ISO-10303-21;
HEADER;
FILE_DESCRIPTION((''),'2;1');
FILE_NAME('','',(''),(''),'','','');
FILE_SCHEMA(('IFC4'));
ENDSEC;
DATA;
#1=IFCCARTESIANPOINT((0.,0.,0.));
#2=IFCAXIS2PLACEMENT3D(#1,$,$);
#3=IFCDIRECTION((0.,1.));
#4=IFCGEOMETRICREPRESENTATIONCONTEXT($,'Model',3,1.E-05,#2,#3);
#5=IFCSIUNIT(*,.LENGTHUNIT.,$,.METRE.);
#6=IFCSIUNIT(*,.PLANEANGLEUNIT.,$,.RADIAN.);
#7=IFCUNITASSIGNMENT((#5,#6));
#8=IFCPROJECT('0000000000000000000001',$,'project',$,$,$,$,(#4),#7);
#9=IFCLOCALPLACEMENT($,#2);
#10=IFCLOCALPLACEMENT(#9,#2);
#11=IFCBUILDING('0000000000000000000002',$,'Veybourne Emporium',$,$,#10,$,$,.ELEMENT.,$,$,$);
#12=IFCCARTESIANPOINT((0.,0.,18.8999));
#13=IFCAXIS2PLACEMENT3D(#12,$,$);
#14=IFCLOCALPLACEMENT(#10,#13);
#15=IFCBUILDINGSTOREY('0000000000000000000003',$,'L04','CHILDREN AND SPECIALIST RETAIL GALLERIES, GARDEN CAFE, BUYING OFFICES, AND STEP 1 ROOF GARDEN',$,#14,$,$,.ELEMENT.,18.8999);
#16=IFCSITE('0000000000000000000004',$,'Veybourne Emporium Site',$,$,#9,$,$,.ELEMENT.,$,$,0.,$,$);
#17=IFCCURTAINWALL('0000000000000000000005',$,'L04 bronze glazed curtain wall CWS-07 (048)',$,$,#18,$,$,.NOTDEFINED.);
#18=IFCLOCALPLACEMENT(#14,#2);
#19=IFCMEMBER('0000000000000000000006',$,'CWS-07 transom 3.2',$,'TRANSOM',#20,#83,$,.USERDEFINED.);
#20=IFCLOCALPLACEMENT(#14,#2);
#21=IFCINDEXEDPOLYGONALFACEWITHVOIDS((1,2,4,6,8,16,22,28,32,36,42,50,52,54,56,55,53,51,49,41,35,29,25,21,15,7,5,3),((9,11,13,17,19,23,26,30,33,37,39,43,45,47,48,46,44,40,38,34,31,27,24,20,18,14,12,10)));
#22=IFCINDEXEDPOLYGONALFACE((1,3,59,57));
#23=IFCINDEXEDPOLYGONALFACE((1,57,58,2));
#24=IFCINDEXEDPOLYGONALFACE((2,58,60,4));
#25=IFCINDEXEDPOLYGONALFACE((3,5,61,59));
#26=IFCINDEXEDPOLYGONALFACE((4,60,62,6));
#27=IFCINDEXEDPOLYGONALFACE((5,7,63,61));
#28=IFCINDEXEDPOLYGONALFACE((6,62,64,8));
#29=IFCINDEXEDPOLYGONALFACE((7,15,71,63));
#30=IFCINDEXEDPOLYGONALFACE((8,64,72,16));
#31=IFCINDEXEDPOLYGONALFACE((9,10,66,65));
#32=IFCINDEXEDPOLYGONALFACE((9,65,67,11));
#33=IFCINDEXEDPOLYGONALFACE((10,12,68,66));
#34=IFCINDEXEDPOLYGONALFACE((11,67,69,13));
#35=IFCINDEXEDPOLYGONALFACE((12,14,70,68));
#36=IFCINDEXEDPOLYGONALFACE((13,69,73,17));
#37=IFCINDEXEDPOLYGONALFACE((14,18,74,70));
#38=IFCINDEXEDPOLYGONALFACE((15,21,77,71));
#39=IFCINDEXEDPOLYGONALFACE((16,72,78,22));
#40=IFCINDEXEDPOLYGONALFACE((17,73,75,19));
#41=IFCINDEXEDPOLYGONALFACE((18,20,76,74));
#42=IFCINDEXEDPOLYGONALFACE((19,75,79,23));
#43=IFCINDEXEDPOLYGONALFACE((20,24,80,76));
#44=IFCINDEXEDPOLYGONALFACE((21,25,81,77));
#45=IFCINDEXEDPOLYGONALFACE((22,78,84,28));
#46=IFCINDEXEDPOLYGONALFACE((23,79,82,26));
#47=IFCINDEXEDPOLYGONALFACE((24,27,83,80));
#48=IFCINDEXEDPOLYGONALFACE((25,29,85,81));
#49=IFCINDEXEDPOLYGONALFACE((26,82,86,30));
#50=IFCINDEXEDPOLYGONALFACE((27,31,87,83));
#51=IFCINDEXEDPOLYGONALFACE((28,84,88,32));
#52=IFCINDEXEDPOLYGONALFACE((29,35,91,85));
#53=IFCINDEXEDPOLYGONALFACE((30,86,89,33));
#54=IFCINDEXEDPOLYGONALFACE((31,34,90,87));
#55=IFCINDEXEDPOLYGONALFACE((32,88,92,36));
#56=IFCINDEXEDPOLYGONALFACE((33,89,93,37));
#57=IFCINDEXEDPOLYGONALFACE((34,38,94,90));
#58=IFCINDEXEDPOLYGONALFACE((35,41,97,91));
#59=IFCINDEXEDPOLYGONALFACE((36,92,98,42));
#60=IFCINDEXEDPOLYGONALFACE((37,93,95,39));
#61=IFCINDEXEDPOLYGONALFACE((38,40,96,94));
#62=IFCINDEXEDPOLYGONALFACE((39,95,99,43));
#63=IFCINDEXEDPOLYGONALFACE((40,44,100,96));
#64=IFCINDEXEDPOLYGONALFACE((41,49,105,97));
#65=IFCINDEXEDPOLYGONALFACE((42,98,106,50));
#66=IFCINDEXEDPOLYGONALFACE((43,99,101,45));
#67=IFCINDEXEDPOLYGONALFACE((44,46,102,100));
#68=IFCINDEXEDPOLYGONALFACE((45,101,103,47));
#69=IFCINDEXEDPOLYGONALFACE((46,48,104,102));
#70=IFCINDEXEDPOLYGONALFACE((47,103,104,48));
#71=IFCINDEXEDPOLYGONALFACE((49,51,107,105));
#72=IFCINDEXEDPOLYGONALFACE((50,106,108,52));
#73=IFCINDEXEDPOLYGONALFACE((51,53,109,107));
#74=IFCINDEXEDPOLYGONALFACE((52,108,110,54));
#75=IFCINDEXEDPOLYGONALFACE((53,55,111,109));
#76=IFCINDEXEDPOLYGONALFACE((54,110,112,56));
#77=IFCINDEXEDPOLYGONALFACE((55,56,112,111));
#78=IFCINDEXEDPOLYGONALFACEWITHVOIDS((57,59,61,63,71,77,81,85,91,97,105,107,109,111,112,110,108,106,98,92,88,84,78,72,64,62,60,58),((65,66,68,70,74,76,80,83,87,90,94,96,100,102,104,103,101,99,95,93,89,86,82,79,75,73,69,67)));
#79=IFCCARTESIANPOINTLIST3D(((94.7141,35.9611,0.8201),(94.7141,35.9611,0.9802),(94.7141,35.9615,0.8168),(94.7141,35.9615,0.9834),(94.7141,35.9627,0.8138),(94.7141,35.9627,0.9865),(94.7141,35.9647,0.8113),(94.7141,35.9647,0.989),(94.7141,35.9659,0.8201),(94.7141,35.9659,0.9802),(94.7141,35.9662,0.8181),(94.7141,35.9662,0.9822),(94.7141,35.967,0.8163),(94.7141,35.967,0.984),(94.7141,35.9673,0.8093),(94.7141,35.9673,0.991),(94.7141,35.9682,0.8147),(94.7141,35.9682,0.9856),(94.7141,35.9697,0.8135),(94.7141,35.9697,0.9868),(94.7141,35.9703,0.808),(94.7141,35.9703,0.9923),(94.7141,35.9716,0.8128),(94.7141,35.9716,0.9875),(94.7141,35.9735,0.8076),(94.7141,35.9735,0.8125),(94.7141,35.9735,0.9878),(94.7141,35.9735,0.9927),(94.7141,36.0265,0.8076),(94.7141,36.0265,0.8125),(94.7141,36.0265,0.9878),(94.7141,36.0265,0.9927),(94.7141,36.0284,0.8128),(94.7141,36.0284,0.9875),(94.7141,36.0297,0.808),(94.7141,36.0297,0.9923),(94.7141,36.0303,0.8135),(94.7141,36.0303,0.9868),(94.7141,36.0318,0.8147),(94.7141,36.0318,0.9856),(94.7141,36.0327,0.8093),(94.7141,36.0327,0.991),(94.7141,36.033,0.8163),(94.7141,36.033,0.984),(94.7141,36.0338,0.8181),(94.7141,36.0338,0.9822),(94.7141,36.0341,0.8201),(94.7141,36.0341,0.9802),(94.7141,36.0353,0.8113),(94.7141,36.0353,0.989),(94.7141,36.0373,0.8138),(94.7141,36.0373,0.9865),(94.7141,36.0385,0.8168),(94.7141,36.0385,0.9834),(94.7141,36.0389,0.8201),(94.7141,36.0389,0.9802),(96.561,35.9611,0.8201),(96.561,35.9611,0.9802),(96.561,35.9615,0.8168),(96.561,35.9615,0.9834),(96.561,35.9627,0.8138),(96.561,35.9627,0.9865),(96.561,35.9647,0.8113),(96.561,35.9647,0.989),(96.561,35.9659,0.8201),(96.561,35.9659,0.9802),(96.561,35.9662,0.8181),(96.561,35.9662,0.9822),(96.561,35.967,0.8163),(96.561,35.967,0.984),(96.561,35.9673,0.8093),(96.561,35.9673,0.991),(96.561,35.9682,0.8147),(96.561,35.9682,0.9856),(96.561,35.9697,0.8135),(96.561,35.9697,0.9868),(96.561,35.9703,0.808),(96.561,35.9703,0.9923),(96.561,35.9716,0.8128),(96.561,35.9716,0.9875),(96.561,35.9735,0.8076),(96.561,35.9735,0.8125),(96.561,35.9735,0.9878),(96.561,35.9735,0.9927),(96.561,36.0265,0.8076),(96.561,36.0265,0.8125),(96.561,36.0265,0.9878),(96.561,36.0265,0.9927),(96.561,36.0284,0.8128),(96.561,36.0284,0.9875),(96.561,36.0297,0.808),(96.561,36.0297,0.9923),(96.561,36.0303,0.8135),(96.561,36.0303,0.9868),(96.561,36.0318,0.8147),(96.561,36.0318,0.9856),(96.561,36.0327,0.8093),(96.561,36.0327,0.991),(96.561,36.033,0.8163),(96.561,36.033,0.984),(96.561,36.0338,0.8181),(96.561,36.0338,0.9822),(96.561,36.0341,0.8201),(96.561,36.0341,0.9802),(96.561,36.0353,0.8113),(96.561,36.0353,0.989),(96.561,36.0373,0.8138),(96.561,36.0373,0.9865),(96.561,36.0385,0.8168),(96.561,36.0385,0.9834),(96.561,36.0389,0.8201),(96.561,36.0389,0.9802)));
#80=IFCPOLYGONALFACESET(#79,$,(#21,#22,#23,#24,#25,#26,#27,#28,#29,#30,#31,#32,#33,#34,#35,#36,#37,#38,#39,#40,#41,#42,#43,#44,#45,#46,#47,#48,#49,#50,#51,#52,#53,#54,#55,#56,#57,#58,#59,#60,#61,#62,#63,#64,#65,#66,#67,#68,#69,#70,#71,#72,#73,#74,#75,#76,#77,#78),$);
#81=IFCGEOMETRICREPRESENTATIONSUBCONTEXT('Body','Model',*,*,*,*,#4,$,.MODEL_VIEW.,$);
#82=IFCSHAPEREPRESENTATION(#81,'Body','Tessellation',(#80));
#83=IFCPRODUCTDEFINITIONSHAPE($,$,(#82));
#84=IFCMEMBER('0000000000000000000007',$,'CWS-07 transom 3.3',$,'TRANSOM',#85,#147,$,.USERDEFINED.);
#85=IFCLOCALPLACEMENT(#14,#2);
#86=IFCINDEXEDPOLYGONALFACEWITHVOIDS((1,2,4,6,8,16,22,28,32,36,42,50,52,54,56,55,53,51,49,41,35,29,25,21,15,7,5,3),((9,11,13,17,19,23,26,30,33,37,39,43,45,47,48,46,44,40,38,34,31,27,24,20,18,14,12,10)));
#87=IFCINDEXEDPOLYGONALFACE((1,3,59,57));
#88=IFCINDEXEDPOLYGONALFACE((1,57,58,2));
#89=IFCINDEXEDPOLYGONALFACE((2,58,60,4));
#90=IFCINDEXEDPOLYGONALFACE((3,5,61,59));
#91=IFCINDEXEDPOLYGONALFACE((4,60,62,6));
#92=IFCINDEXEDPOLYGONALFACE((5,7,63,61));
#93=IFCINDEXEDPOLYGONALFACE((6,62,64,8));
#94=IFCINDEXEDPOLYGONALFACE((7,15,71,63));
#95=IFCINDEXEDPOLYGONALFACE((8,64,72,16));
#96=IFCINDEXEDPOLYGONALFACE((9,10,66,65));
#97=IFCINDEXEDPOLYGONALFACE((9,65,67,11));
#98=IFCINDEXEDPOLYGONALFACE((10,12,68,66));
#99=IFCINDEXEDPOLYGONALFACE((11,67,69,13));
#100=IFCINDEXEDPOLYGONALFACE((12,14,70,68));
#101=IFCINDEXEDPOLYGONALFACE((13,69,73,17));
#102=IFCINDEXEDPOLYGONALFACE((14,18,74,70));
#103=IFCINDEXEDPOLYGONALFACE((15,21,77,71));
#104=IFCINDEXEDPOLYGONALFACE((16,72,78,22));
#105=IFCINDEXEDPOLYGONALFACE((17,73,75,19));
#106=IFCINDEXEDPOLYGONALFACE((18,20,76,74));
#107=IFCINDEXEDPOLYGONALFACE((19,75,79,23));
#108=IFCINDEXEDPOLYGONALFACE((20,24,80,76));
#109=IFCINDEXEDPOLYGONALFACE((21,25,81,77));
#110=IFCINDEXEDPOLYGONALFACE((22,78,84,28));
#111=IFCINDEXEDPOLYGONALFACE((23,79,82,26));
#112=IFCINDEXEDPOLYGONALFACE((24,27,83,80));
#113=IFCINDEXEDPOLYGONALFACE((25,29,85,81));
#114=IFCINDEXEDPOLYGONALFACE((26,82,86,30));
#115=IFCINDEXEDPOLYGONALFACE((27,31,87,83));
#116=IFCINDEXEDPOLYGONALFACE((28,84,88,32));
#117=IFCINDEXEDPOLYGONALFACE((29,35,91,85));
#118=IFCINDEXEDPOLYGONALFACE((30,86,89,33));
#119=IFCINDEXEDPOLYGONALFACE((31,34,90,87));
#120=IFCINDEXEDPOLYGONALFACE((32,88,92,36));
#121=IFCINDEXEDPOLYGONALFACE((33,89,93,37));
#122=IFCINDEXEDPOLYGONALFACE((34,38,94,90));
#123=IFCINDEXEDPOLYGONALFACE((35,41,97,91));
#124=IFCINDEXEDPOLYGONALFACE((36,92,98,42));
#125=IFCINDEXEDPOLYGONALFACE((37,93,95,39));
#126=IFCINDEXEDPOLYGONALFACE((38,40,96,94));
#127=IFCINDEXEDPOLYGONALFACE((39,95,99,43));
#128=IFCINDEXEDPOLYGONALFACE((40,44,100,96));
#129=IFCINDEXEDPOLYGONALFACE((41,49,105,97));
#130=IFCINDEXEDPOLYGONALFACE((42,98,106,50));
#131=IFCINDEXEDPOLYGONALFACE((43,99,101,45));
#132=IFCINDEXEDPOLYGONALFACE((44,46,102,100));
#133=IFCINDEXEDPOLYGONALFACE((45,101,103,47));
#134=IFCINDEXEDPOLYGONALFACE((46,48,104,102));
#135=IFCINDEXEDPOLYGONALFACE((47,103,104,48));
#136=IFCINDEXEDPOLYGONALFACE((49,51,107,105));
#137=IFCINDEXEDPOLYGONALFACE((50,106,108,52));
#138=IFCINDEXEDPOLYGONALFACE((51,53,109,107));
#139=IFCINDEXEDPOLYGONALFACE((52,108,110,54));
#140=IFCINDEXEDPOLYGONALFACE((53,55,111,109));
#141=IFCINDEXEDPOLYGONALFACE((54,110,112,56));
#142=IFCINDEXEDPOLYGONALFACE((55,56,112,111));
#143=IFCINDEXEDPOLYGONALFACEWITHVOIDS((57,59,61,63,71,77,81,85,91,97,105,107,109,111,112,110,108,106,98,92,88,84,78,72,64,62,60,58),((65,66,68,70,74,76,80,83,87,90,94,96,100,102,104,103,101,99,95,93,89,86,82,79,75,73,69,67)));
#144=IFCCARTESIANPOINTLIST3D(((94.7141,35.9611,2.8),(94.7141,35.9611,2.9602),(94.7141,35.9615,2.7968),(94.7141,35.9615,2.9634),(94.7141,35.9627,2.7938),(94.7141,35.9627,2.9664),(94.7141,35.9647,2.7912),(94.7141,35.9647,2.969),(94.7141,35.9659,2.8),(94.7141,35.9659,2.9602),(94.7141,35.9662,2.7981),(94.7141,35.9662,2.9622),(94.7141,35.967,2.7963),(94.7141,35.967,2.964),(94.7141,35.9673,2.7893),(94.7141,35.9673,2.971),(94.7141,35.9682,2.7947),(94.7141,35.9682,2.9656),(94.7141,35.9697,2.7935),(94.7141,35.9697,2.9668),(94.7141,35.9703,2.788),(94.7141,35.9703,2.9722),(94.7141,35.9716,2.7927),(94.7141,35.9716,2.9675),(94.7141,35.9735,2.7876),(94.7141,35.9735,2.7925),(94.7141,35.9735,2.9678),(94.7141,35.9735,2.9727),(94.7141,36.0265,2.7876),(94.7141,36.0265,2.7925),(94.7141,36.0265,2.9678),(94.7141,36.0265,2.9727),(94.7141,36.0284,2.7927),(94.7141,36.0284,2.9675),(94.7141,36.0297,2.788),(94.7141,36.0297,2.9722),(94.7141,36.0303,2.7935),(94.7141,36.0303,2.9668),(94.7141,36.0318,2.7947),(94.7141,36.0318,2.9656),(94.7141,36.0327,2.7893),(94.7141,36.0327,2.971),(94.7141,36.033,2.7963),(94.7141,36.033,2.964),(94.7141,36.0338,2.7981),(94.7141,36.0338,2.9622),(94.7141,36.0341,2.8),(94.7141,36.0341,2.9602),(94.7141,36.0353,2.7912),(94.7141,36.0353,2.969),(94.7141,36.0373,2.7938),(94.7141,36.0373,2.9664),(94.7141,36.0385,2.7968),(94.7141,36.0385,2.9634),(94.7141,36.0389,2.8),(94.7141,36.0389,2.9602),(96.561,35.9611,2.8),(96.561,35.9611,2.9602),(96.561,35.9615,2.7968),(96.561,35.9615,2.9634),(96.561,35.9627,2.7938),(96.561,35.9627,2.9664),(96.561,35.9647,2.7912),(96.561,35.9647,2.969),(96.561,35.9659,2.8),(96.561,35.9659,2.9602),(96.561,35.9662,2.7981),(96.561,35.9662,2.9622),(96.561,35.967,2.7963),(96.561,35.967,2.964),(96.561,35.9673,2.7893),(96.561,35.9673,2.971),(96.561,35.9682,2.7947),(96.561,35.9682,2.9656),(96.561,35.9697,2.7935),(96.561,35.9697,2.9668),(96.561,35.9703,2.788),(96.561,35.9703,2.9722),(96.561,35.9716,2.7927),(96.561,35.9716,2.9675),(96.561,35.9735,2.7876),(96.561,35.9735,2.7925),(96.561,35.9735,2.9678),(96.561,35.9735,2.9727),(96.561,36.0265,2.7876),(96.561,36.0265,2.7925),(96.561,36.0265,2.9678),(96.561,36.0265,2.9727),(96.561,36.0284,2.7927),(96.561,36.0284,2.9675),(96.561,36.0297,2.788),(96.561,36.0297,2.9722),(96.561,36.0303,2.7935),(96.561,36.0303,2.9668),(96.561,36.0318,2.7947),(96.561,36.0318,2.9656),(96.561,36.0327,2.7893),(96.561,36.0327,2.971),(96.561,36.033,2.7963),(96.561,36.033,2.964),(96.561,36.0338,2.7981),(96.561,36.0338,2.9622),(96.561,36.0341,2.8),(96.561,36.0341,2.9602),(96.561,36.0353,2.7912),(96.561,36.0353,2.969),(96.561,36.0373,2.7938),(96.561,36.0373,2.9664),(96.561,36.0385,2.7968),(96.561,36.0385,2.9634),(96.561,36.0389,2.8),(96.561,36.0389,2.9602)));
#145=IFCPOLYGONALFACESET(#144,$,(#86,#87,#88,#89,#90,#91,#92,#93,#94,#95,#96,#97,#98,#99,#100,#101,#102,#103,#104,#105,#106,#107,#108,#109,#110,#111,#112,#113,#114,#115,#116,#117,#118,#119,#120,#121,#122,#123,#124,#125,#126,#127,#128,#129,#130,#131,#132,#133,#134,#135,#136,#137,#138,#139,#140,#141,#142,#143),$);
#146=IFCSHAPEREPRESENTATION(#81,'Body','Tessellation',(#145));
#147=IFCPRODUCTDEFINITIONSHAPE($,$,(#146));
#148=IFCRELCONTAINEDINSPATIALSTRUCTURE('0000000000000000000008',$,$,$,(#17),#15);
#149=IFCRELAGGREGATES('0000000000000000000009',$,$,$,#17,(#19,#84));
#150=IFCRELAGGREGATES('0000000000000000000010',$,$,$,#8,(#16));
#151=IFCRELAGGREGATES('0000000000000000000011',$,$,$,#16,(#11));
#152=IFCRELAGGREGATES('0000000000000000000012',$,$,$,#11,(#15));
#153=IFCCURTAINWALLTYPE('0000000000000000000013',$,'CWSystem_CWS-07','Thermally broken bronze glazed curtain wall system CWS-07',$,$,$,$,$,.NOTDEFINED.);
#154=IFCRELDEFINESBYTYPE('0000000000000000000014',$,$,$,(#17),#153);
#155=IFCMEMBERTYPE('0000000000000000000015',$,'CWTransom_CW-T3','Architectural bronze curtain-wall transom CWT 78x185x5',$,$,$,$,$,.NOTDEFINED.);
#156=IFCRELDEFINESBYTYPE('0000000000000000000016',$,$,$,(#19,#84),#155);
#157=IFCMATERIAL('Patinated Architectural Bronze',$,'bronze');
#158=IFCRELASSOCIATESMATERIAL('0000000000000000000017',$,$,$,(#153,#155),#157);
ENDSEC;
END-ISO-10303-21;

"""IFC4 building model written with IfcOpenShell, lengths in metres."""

from ifc_helpers import new_model, si_unit, direction, frame, origin, origin_2d, place, context, subcontext, project, spatial, hollow_rectangle, extrude, material, material_profile, profile_set, type_object, element, aggregate, save


model = new_model("IFC4")

# Units and contexts
model_context = context("Model", 3, precision=1e-05, world=origin(), true_north=direction((0.0, 1.0)))
body_context = subcontext(model_context, "Body", "Model", "MODEL_VIEW")
ifc_project = project(units=[si_unit("LENGTHUNIT", "METRE"), si_unit("PLANEANGLEUNIT", "RADIAN")], contexts=[model_context])

# Site, building, storey
site_placement = place(None, origin())
site = spatial("IfcSite", under=ifc_project, at=site_placement, Name="Veybourne Emporium Site", CompositionType="ELEMENT", RefElevation=0.0)
building_placement = place(site_placement, origin())
building = spatial("IfcBuilding", under=site, at=building_placement, Name="Veybourne Emporium", CompositionType="ELEMENT")
storey_placement = place(building_placement, frame((0.0, 0.0, 18.8999)))
storey = spatial("IfcBuildingStorey", under=building, at=storey_placement, Name="L04", Description="CHILDREN AND SPECIALIST RETAIL GALLERIES, GARDEN CAFE, BUYING OFFICES, AND STEP 1 ROOF GARDEN", CompositionType="ELEMENT", Elevation=18.8999)

# Curtain wall, members
ifc_material_1 = material(Name="Patinated Architectural Bronze", Category="bronze")
curtain_wall_type = type_object("IfcCurtainWallType", Name="CWSystem_CWS-07", Description="Thermally broken bronze glazed curtain wall system CWS-07", PredefinedType="NOTDEFINED", material=ifc_material_1)
curtain_wall_placement = place(storey_placement, origin())
curtain_wall = element("IfcCurtainWall", 1, at=curtain_wall_placement, inside=storey, type_object=curtain_wall_type, Name="L04 bronze glazed curtain wall CWS-07 (048)", PredefinedType="NOTDEFINED")
ifc_material_profile_1 = material_profile(ifc_material_1, hollow_rectangle(XDim=0.0779, YDim=0.1851, WallThickness=0.0049, InnerFilletRadius=0.0076, OuterFilletRadius=0.0125, at=origin_2d()), Name="CWT 78x185x5")
ifc_profile_set_1 = profile_set([ifc_material_profile_1], Name="Patinated Architectural Bronze")
member_type_1 = type_object("IfcMemberType", Name="CWTransom_CW-T3", Description="Architectural bronze curtain-wall transom CWT 78x185x5", PredefinedType="NOTDEFINED", material=ifc_profile_set_1)
member_1_placement = place(storey_placement, frame((96.561, 36.0, 0.9001), z_axis=(-1.0, 0.0, 0.0), x_axis=(0.0, -1.0, 0.0)))
member_1 = element("IfcMember", 2, at=member_1_placement, type_object=member_type_1, Name="CWS-07 transom 3.2", ObjectType="TRANSOM", PredefinedType="USERDEFINED", context=body_context, shape_type="SweptSolid", body=[
    extrude(hollow_rectangle(XDim=0.0779, YDim=0.1851, WallThickness=0.0049, InnerFilletRadius=0.0076, OuterFilletRadius=0.0125, at=origin_2d()), origin(), (0.0, 0.0, 1.0), 1.8469),
])
member_2_placement = place(storey_placement, frame((96.561, 36.0, 2.8801), z_axis=(-1.0, 0.0, 0.0), x_axis=(0.0, -1.0, 0.0)))
member_2 = element("IfcMember", 3, at=member_2_placement, type_object=member_type_1, Name="CWS-07 transom 3.3", ObjectType="TRANSOM", PredefinedType="USERDEFINED", context=body_context, shape_type="SweptSolid", body=[
    extrude(hollow_rectangle(XDim=0.0779, YDim=0.1851, WallThickness=0.0049, InnerFilletRadius=0.0076, OuterFilletRadius=0.0125, at=origin_2d()), origin(), (0.0, 0.0, 1.0), 1.8469),
])
aggregate(curtain_wall, [member_1, member_2])

save(model, "model.ifc")
